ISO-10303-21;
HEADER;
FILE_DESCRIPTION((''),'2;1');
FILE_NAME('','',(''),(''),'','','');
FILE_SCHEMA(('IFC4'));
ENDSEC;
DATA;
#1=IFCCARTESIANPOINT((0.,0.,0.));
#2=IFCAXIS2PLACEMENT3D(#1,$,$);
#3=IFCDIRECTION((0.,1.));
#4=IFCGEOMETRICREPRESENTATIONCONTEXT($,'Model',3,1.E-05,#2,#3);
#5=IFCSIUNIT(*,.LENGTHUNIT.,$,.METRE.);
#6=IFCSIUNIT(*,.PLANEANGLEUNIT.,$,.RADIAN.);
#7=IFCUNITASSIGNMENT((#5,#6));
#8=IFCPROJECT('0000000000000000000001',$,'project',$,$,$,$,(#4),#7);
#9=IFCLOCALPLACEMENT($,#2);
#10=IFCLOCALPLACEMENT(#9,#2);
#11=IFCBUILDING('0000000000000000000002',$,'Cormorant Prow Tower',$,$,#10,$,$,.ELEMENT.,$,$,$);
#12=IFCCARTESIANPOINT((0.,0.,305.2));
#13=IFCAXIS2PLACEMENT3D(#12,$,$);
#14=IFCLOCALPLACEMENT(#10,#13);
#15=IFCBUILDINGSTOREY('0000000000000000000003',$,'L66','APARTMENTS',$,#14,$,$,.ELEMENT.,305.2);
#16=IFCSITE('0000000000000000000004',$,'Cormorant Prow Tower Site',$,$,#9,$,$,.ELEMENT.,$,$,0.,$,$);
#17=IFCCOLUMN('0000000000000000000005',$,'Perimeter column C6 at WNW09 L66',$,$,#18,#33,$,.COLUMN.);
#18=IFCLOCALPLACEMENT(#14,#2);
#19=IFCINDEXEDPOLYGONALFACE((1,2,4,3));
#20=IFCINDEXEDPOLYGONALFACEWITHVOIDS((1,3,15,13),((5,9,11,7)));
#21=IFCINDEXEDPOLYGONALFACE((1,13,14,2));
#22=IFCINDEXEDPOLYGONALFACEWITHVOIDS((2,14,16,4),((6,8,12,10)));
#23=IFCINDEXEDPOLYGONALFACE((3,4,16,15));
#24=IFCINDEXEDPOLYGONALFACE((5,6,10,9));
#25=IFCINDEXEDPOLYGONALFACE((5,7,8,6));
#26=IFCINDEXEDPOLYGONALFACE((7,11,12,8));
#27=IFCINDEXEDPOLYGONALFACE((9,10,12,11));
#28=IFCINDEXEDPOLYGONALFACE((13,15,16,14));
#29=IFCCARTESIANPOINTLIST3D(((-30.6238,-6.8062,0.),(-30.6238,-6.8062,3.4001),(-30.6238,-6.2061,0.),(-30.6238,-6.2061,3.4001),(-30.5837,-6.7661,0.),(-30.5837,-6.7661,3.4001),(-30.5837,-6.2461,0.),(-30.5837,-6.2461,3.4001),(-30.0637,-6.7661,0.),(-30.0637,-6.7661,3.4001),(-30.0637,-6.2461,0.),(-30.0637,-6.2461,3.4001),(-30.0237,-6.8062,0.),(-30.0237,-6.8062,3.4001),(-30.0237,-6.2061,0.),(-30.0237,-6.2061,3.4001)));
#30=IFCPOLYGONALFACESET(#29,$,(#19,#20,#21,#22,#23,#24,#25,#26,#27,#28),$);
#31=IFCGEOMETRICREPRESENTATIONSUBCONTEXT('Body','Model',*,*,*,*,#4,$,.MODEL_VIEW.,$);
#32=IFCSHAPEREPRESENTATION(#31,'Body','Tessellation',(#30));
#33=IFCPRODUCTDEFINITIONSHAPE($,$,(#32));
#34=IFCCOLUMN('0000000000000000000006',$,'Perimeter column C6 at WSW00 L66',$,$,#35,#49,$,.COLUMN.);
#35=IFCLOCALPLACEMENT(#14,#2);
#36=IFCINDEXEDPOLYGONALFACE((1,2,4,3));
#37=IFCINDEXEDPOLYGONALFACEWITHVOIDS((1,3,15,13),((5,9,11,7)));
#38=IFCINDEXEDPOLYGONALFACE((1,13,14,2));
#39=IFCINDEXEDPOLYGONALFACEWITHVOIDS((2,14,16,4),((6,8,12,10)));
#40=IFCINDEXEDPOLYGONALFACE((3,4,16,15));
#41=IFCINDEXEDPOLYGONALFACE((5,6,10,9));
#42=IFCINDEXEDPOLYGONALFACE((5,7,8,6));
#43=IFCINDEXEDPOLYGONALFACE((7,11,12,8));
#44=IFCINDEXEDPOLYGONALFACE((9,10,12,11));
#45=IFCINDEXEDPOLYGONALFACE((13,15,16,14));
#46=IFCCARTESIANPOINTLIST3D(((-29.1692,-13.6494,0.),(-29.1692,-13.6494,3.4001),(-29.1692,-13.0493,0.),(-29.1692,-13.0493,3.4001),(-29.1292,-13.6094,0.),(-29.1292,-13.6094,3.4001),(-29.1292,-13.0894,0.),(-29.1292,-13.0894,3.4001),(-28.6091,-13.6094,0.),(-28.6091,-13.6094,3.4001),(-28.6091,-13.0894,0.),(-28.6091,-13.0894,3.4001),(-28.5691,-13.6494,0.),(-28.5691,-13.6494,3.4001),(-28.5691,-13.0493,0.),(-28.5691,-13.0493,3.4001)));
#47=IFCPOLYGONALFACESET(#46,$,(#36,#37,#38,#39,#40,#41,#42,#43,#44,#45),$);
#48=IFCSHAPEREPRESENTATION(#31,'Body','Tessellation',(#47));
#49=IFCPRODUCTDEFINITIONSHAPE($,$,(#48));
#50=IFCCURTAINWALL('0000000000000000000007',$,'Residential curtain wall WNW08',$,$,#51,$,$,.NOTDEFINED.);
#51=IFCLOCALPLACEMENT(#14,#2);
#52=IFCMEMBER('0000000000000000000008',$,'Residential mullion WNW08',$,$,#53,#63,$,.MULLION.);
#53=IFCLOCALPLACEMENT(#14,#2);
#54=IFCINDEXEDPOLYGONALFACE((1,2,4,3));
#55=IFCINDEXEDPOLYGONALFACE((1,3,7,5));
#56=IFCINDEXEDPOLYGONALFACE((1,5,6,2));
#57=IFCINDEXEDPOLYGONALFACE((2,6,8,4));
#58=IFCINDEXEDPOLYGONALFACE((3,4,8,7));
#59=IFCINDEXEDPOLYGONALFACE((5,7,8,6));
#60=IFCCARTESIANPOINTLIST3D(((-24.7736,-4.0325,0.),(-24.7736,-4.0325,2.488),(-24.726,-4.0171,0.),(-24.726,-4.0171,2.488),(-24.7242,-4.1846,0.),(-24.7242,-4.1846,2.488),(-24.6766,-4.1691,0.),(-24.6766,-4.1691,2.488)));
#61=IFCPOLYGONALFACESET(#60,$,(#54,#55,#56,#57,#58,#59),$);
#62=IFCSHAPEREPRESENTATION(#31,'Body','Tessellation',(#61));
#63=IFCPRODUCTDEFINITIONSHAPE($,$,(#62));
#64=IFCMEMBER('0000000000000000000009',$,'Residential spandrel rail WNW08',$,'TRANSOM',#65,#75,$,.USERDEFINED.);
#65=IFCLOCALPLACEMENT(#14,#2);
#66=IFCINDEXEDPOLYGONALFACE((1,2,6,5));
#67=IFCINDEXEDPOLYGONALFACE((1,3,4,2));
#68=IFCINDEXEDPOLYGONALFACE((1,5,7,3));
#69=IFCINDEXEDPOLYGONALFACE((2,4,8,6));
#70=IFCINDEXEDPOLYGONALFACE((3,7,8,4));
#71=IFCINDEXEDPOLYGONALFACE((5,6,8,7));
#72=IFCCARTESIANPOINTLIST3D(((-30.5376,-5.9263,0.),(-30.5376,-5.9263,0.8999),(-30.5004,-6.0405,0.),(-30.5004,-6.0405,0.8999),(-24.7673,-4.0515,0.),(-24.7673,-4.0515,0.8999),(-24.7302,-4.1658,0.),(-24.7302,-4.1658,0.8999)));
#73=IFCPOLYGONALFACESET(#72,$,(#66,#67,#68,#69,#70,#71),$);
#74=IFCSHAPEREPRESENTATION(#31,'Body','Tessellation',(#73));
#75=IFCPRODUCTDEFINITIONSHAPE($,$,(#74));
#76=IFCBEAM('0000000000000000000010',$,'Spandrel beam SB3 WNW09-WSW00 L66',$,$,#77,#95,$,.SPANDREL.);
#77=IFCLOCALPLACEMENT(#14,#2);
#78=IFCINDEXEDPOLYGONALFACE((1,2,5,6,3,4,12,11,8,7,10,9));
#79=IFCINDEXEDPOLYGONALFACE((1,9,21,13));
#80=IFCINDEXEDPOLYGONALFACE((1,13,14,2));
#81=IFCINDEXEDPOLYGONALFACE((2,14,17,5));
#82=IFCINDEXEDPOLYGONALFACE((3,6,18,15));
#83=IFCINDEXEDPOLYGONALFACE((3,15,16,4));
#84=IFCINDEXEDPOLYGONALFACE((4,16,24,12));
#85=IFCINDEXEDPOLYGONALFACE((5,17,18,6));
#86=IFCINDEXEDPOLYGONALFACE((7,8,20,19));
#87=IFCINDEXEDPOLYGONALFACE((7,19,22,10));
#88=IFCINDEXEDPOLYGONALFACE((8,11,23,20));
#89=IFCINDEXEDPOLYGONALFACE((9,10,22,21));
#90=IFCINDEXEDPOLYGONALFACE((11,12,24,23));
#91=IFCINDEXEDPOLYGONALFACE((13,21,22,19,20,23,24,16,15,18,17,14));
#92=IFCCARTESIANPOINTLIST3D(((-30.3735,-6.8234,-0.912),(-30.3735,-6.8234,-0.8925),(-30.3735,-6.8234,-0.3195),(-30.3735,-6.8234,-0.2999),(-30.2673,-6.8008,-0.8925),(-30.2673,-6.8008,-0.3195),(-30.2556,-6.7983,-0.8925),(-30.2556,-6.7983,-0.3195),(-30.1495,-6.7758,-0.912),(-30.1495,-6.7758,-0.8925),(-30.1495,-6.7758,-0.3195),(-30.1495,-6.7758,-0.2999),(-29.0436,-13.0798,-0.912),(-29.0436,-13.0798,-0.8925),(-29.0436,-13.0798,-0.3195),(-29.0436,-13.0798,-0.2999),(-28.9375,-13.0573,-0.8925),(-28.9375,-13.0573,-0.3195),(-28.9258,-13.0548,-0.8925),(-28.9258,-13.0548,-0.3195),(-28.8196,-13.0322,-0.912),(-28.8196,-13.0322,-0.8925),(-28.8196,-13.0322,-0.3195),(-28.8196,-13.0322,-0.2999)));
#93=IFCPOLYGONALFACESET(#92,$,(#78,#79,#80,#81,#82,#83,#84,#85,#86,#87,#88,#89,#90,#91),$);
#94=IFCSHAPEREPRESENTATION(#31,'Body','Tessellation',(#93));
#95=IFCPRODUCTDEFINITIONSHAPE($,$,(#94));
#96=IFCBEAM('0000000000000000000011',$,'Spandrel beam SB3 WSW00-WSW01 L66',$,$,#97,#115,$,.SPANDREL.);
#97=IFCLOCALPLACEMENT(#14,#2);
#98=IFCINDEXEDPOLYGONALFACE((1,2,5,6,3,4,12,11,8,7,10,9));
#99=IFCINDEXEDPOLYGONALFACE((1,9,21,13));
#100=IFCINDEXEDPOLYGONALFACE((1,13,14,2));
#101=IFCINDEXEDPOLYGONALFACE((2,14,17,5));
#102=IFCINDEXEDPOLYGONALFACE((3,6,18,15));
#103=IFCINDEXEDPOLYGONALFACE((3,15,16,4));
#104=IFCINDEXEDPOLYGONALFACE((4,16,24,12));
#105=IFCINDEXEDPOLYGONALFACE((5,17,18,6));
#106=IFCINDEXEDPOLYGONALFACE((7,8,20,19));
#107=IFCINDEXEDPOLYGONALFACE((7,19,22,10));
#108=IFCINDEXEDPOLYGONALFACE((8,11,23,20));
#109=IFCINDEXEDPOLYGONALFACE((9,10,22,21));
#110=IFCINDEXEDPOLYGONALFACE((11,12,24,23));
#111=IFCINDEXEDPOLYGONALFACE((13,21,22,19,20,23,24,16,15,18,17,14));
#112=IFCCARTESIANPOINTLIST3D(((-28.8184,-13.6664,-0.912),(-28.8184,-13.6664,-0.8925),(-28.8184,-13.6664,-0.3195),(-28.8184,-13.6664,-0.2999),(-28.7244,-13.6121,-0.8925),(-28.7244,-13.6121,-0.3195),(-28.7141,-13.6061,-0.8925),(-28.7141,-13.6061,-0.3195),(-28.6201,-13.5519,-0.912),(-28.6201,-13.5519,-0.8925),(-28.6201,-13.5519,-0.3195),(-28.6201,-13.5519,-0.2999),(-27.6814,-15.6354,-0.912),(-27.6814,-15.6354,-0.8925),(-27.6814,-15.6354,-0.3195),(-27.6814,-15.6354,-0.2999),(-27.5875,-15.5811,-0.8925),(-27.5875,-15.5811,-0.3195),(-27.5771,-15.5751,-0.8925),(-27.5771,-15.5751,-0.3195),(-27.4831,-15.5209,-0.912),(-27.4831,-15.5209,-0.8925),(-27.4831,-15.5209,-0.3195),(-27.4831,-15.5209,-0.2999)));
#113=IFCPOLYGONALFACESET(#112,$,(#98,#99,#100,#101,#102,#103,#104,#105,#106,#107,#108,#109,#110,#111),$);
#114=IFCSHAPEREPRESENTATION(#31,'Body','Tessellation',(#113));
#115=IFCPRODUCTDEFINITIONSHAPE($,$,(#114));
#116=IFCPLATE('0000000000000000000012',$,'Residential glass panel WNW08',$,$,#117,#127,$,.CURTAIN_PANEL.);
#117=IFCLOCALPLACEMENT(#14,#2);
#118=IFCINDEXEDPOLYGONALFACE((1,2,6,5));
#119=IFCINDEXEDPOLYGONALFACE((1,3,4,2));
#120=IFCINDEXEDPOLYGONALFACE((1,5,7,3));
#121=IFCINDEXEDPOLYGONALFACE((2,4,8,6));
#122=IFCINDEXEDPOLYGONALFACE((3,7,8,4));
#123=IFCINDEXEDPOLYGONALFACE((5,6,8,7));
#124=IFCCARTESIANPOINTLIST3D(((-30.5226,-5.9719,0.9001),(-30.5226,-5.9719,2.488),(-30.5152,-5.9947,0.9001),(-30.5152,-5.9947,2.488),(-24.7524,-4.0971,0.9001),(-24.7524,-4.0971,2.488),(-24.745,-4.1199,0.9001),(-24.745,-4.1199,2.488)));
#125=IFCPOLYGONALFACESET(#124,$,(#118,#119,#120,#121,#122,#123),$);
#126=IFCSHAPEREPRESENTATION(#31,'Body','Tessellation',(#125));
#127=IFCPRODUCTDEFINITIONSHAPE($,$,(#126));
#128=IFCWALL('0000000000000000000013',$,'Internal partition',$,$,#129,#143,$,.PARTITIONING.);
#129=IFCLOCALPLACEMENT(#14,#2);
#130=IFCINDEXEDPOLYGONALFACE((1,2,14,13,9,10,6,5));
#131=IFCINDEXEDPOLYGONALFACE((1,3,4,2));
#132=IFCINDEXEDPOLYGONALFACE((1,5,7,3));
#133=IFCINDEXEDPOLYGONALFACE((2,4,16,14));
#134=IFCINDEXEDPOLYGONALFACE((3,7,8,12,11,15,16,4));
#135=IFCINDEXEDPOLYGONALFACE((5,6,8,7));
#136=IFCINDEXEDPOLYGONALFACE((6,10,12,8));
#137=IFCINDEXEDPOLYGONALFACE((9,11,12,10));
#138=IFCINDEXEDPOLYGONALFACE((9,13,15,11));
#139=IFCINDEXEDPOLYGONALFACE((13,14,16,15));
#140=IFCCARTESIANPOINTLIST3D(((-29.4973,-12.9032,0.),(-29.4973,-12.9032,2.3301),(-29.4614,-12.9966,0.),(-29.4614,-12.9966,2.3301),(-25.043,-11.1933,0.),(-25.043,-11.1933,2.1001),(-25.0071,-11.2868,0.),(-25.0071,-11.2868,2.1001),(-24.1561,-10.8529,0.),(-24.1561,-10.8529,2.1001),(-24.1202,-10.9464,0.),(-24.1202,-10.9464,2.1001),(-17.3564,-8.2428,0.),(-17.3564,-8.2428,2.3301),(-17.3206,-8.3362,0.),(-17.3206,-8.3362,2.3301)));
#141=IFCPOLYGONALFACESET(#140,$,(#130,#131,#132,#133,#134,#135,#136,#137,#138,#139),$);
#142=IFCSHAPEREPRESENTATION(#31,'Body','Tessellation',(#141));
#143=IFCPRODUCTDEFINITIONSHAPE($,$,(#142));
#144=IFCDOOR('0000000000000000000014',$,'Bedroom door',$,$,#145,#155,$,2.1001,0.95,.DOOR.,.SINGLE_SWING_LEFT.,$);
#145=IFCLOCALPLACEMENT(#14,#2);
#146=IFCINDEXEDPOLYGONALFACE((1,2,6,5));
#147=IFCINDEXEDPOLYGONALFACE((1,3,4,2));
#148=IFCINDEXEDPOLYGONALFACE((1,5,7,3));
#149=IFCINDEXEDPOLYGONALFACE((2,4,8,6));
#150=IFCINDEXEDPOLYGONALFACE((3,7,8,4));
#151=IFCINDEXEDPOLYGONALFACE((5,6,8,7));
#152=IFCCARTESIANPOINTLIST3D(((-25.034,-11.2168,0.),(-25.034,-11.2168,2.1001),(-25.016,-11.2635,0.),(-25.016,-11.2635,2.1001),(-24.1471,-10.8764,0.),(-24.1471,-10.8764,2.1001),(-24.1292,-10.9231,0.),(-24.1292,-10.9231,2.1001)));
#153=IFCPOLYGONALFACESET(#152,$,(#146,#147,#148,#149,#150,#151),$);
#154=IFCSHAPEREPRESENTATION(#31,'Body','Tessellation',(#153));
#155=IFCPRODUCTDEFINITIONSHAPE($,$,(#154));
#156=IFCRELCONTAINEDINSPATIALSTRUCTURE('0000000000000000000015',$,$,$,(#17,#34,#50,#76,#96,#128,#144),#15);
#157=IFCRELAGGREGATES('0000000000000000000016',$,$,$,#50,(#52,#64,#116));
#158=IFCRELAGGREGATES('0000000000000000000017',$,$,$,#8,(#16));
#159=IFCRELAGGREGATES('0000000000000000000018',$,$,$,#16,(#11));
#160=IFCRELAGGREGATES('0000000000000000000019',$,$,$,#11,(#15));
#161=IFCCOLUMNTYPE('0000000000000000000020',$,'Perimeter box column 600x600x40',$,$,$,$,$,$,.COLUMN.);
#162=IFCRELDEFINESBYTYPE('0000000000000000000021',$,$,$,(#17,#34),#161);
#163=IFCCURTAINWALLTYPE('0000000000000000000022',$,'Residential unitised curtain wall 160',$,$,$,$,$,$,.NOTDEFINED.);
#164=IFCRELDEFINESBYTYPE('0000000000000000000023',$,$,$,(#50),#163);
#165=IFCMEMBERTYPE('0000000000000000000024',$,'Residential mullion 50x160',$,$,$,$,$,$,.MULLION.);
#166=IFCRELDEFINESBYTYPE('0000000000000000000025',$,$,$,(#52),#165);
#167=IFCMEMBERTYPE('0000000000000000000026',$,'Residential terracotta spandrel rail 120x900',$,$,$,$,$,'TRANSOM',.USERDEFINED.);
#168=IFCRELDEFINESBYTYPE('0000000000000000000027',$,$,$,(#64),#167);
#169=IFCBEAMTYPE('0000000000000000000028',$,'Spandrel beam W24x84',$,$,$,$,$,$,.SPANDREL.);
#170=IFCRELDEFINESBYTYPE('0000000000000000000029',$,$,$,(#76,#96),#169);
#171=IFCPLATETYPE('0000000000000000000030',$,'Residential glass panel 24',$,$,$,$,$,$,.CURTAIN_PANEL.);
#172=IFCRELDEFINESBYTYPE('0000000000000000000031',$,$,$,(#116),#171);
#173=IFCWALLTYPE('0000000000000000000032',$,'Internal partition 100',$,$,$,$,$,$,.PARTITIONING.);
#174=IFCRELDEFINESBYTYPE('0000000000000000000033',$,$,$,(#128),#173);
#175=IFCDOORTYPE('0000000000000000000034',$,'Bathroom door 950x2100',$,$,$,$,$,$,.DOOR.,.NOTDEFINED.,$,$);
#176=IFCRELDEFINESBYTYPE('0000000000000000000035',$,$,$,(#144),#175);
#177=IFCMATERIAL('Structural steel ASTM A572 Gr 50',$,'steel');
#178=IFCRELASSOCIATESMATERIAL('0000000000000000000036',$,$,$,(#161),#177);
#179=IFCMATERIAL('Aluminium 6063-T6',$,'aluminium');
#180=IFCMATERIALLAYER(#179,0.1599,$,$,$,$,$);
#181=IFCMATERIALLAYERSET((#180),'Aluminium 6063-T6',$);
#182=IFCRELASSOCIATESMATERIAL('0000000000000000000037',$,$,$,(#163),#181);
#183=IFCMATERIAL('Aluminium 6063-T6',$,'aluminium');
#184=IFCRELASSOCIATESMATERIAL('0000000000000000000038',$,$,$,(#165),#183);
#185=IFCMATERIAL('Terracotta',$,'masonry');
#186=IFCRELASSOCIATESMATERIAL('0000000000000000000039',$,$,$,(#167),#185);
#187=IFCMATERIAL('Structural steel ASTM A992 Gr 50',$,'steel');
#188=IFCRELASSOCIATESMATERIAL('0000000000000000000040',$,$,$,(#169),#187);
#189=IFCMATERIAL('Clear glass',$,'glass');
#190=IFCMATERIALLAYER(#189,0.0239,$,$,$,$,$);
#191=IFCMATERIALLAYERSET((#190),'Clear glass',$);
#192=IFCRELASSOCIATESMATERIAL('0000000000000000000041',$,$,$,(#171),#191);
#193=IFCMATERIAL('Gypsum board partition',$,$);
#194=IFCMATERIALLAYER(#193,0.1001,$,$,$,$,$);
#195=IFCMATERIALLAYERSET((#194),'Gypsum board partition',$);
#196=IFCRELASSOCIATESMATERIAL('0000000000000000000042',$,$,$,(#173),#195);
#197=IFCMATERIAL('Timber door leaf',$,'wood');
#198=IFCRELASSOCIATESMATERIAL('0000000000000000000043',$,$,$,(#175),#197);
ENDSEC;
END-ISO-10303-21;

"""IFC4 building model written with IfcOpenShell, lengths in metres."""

from ifc_helpers import new_model, si_unit, direction, frame, frame_2d, origin, origin_2d, place, context, subcontext, project, spatial, rectangle, hollow_rectangle, i_section, extrude, material, layer, layer_set, material_profile, profile_set, type_object, element, fill, aggregate, save


model = new_model("IFC4")

# Units and contexts
model_context = context("Model", 3, precision=1e-05, world=origin(), true_north=direction((0.0, 1.0)))
body_context = subcontext(model_context, "Body", "Model", "MODEL_VIEW")
ifc_project = project(units=[si_unit("LENGTHUNIT", "METRE"), si_unit("PLANEANGLEUNIT", "RADIAN")], contexts=[model_context])

# Site, building, storey
site_placement = place(None, origin())
site = spatial("IfcSite", under=ifc_project, at=site_placement, Name="Cormorant Prow Tower Site", CompositionType="ELEMENT", RefElevation=0.0)
building_placement = place(site_placement, origin())
building = spatial("IfcBuilding", under=site, at=building_placement, Name="Cormorant Prow Tower", CompositionType="ELEMENT")
storey_placement = place(building_placement, frame((0.0, 0.0, 305.2)))
storey = spatial("IfcBuildingStorey", under=building, at=storey_placement, Name="L66", Description="APARTMENTS", CompositionType="ELEMENT", Elevation=305.2)

# Columns
ifc_material_1 = material(Name="Structural steel ASTM A572 Gr 50", Category="steel")
ifc_material_profile_1 = material_profile(ifc_material_1, hollow_rectangle(XDim=0.6001, YDim=0.6001, WallThickness=0.04, at=origin_2d()), Name="Box 600x600x40")
ifc_profile_set_1 = profile_set([ifc_material_profile_1], Name="Structural steel ASTM A572 Gr 50")
column_type = type_object("IfcColumnType", Name="Perimeter box column 600x600x40", PredefinedType="COLUMN", material=ifc_profile_set_1)
for number, where, z_axis, x_axis, name in (
    (1, (-30.3237, -6.5061, 0.0), (0.0, 0.0, 1.0), (1.0, 0.0, 0.0), "Perimeter column C6 at WNW09 L66"),
    (2, (-28.8691, -13.3494, 0.0), (0.0, 0.0, 1.0), (1.0, 0.0, 0.0), "Perimeter column C6 at WSW00 L66"),
):
    element("IfcColumn", number, at=place(storey_placement, frame(where, z_axis=z_axis, x_axis=x_axis)), inside=storey, type_object=column_type, Name=name, PredefinedType="COLUMN", context=body_context, shape_type="SweptSolid", body=[
        extrude(hollow_rectangle(XDim=0.6001, YDim=0.6001, WallThickness=0.04, at=origin_2d()), origin(), (0.0, 0.0, 1.0), 3.4001),
    ])

# Curtain wall, members
ifc_material_2 = material(Name="Aluminium 6063-T6", Category="aluminium")
ifc_layer_1 = layer(ifc_material_2, 0.1599)
ifc_layer_set_1 = layer_set([ifc_layer_1], Name="Aluminium 6063-T6")
curtain_wall_type = type_object("IfcCurtainWallType", Name="Residential unitised curtain wall 160", PredefinedType="NOTDEFINED", material=ifc_layer_set_1)
curtain_wall_placement = place(storey_placement, origin())
curtain_wall = element("IfcCurtainWall", 3, at=curtain_wall_placement, inside=storey, type_object=curtain_wall_type, Name="Residential curtain wall WNW08", PredefinedType="NOTDEFINED")
ifc_material_3 = material(Name="Aluminium 6063-T6", Category="aluminium")
ifc_material_profile_2 = material_profile(ifc_material_3, rectangle(XDim=0.1599, YDim=0.05, at=origin_2d()), Name="Residential mullion 50x160")
ifc_profile_set_2 = profile_set([ifc_material_profile_2], Name="Aluminium 6063-T6")
member_type_1 = type_object("IfcMemberType", Name="Residential mullion 50x160", PredefinedType="MULLION", material=ifc_profile_set_2)
member_1_placement = place(storey_placement, frame((-24.7251, -4.1008, 0.0), z_axis=(0.0, 0.0, 1.0), x_axis=(0.309017, -0.951057, 0.0)))
member_1 = element("IfcMember", 4, at=member_1_placement, type_object=member_type_1, Name="Residential mullion WNW08", PredefinedType="MULLION", context=body_context, shape_type="SweptSolid", body=[
    extrude(rectangle(XDim=0.1599, YDim=0.05, at=origin_2d()), origin(), (0.0, 0.0, 1.0), 2.488),
])
ifc_material_4 = material(Name="Terracotta", Category="masonry")
ifc_material_profile_3 = material_profile(ifc_material_4, rectangle(XDim=0.1201, YDim=0.8999, at=origin_2d()), Name="Residential terracotta spandrel rail 120x900")
ifc_profile_set_3 = profile_set([ifc_material_profile_3], Name="Terracotta")
member_type_2 = type_object("IfcMemberType", Name="Residential terracotta spandrel rail 120x900", ElementType="TRANSOM", PredefinedType="USERDEFINED", material=ifc_profile_set_3)
member_2_placement = place(storey_placement, frame((-24.7488, -4.1086, 0.45), z_axis=(-0.951062, -0.309, 0.0), x_axis=(0.309, -0.951062, 0.0)))
member_2 = element("IfcMember", 5, at=member_2_placement, type_object=member_type_2, Name="Residential spandrel rail WNW08", ObjectType="TRANSOM", PredefinedType="USERDEFINED", context=body_context, shape_type="SweptSolid", body=[
    extrude(rectangle(XDim=0.1201, YDim=0.8999, at=origin_2d()), origin(), (0.0, 0.0, 1.0), 6.0671),
])

# Beams
ifc_material_5 = material(Name="Structural steel ASTM A992 Gr 50", Category="steel")
ifc_material_profile_4 = material_profile(ifc_material_5, i_section(OverallWidth=0.229, OverallDepth=0.6121, WebThickness=0.012, FlangeThickness=0.0195, at=origin_2d()), Name="W24x84")
ifc_profile_set_4 = profile_set([ifc_material_profile_4], Name="Structural steel ASTM A992 Gr 50")
beam_type = type_object("IfcBeamType", Name="Spandrel beam W24x84", PredefinedType="SPANDREL", material=ifc_profile_set_4)
beam_1_placement = place(storey_placement, frame((-30.2615, -6.7996, -0.606), z_axis=(0.207913, -0.978147, 0.0), x_axis=(0.978147, 0.207913, 0.0)))
element("IfcBeam", 6, at=beam_1_placement, inside=storey, type_object=beam_type, Name="Spandrel beam SB3 WNW09-WSW00 L66", PredefinedType="SPANDREL", context=body_context, shape_type="SweptSolid", body=[
    extrude(i_section(OverallWidth=0.229, OverallDepth=0.6121, WebThickness=0.012, FlangeThickness=0.0195, at=origin_2d()), origin(), (0.0, 0.0, 1.0), 6.3962),
])
beam_2_placement = place(storey_placement, frame((-28.7192, -13.6091, -0.606), z_axis=(0.500054, -0.865994, 0.0), x_axis=(0.865994, 0.500054, 0.0)))
element("IfcBeam", 7, at=beam_2_placement, inside=storey, type_object=beam_type, Name="Spandrel beam SB3 WSW00-WSW01 L66", PredefinedType="SPANDREL", context=body_context, shape_type="SweptSolid", body=[
    extrude(i_section(OverallWidth=0.229, OverallDepth=0.6121, WebThickness=0.012, FlangeThickness=0.0195, at=origin_2d()), origin(), (0.0, 0.0, 1.0), 2.2737),
])

# Plate
ifc_material_6 = material(Name="Clear glass", Category="glass")
ifc_layer_2 = layer(ifc_material_6, 0.0239)
ifc_layer_set_2 = layer_set([ifc_layer_2], Name="Clear glass")
plate_type = type_object("IfcPlateType", Name="Residential glass panel 24", PredefinedType="CURTAIN_PANEL", material=ifc_layer_set_2)
plate_placement = place(storey_placement, frame((-27.6338, -5.0459, 0.9001), z_axis=(0.0, 0.0, 1.0), x_axis=(-0.951057, -0.309017, 0.0)))
plate = element("IfcPlate", 8, at=plate_placement, type_object=plate_type, Name="Residential glass panel WNW08", PredefinedType="CURTAIN_PANEL", context=body_context, shape_type="SweptSolid", body=[
    extrude(rectangle(XDim=6.0671, YDim=0.0239, at=origin_2d()), origin(), (0.0, 0.0, 1.0), 1.5879),
])
aggregate(curtain_wall, [member_1, member_2, plate])

# Wall, opening, door
ifc_material_7 = material(Name="Gypsum board partition")
ifc_layer_3 = layer(ifc_material_7, 0.1001)
ifc_layer_set_3 = layer_set([ifc_layer_3], Name="Gypsum board partition")
wall_type_1 = type_object("IfcWallType", Name="Internal partition 100", PredefinedType="PARTITIONING", material=ifc_layer_set_3)
wall_1_placement = place(storey_placement, frame((-29.4795, -12.95, 0.0), z_axis=(0.0, 0.0, 1.0), x_axis=(0.933582, 0.358365, 0.0)))
wall_1 = element("IfcWall", 9, at=wall_1_placement, inside=storey, type_object=wall_type_1, Name="Internal partition", PredefinedType="PARTITIONING", context=body_context, shape_type="SweptSolid", body=[
    extrude(rectangle(XDim=13.0046, YDim=0.1001, at=frame_2d((6.5024, 0.0))), origin(), (0.0, 0.0, 1.0), 2.3301),
])
opening_1_placement = place(wall_1_placement, frame((4.7712, 0.0, 0.0)))
opening_1 = element("IfcOpeningElement", 10, at=opening_1_placement, cuts=wall_1, PredefinedType="OPENING", context=body_context, shape_type="SweptSolid", body=[
    extrude(rectangle(XDim=0.95, YDim=2.1001, at=frame_2d((0.4751, 1.05))), frame((0.0, 0.0601, 0.0), z_axis=(0.0, -1.0, 0.0), x_axis=(1.0, 0.0, 0.0)), (0.0, 0.0, 1.0), 0.1201),
])
ifc_material_8 = material(Name="Timber door leaf", Category="wood")
door_type_1 = type_object("IfcDoorType", Name="Bathroom door 950x2100", OperationType="NOTDEFINED", PredefinedType="DOOR", material=ifc_material_8)
door_1_placement = place(opening_1_placement, origin())
door_1 = element("IfcDoor", 11, at=door_1_placement, inside=storey, type_object=door_type_1, Name="Bedroom door", OperationType="SINGLE_SWING_LEFT", OverallHeight=2.1001, OverallWidth=0.95, PredefinedType="DOOR", context=body_context, shape_type="SweptSolid", body=[
    extrude(rectangle(XDim=0.95, YDim=2.1001, at=frame_2d((0.4751, 1.05))), frame((0.0, 0.0249, 0.0), z_axis=(0.0, -1.0, 0.0), x_axis=(1.0, 0.0, 0.0)), (0.0, 0.0, 1.0), 0.05),
])
fill(opening_1, door_1)

save(model, "model.ifc")
